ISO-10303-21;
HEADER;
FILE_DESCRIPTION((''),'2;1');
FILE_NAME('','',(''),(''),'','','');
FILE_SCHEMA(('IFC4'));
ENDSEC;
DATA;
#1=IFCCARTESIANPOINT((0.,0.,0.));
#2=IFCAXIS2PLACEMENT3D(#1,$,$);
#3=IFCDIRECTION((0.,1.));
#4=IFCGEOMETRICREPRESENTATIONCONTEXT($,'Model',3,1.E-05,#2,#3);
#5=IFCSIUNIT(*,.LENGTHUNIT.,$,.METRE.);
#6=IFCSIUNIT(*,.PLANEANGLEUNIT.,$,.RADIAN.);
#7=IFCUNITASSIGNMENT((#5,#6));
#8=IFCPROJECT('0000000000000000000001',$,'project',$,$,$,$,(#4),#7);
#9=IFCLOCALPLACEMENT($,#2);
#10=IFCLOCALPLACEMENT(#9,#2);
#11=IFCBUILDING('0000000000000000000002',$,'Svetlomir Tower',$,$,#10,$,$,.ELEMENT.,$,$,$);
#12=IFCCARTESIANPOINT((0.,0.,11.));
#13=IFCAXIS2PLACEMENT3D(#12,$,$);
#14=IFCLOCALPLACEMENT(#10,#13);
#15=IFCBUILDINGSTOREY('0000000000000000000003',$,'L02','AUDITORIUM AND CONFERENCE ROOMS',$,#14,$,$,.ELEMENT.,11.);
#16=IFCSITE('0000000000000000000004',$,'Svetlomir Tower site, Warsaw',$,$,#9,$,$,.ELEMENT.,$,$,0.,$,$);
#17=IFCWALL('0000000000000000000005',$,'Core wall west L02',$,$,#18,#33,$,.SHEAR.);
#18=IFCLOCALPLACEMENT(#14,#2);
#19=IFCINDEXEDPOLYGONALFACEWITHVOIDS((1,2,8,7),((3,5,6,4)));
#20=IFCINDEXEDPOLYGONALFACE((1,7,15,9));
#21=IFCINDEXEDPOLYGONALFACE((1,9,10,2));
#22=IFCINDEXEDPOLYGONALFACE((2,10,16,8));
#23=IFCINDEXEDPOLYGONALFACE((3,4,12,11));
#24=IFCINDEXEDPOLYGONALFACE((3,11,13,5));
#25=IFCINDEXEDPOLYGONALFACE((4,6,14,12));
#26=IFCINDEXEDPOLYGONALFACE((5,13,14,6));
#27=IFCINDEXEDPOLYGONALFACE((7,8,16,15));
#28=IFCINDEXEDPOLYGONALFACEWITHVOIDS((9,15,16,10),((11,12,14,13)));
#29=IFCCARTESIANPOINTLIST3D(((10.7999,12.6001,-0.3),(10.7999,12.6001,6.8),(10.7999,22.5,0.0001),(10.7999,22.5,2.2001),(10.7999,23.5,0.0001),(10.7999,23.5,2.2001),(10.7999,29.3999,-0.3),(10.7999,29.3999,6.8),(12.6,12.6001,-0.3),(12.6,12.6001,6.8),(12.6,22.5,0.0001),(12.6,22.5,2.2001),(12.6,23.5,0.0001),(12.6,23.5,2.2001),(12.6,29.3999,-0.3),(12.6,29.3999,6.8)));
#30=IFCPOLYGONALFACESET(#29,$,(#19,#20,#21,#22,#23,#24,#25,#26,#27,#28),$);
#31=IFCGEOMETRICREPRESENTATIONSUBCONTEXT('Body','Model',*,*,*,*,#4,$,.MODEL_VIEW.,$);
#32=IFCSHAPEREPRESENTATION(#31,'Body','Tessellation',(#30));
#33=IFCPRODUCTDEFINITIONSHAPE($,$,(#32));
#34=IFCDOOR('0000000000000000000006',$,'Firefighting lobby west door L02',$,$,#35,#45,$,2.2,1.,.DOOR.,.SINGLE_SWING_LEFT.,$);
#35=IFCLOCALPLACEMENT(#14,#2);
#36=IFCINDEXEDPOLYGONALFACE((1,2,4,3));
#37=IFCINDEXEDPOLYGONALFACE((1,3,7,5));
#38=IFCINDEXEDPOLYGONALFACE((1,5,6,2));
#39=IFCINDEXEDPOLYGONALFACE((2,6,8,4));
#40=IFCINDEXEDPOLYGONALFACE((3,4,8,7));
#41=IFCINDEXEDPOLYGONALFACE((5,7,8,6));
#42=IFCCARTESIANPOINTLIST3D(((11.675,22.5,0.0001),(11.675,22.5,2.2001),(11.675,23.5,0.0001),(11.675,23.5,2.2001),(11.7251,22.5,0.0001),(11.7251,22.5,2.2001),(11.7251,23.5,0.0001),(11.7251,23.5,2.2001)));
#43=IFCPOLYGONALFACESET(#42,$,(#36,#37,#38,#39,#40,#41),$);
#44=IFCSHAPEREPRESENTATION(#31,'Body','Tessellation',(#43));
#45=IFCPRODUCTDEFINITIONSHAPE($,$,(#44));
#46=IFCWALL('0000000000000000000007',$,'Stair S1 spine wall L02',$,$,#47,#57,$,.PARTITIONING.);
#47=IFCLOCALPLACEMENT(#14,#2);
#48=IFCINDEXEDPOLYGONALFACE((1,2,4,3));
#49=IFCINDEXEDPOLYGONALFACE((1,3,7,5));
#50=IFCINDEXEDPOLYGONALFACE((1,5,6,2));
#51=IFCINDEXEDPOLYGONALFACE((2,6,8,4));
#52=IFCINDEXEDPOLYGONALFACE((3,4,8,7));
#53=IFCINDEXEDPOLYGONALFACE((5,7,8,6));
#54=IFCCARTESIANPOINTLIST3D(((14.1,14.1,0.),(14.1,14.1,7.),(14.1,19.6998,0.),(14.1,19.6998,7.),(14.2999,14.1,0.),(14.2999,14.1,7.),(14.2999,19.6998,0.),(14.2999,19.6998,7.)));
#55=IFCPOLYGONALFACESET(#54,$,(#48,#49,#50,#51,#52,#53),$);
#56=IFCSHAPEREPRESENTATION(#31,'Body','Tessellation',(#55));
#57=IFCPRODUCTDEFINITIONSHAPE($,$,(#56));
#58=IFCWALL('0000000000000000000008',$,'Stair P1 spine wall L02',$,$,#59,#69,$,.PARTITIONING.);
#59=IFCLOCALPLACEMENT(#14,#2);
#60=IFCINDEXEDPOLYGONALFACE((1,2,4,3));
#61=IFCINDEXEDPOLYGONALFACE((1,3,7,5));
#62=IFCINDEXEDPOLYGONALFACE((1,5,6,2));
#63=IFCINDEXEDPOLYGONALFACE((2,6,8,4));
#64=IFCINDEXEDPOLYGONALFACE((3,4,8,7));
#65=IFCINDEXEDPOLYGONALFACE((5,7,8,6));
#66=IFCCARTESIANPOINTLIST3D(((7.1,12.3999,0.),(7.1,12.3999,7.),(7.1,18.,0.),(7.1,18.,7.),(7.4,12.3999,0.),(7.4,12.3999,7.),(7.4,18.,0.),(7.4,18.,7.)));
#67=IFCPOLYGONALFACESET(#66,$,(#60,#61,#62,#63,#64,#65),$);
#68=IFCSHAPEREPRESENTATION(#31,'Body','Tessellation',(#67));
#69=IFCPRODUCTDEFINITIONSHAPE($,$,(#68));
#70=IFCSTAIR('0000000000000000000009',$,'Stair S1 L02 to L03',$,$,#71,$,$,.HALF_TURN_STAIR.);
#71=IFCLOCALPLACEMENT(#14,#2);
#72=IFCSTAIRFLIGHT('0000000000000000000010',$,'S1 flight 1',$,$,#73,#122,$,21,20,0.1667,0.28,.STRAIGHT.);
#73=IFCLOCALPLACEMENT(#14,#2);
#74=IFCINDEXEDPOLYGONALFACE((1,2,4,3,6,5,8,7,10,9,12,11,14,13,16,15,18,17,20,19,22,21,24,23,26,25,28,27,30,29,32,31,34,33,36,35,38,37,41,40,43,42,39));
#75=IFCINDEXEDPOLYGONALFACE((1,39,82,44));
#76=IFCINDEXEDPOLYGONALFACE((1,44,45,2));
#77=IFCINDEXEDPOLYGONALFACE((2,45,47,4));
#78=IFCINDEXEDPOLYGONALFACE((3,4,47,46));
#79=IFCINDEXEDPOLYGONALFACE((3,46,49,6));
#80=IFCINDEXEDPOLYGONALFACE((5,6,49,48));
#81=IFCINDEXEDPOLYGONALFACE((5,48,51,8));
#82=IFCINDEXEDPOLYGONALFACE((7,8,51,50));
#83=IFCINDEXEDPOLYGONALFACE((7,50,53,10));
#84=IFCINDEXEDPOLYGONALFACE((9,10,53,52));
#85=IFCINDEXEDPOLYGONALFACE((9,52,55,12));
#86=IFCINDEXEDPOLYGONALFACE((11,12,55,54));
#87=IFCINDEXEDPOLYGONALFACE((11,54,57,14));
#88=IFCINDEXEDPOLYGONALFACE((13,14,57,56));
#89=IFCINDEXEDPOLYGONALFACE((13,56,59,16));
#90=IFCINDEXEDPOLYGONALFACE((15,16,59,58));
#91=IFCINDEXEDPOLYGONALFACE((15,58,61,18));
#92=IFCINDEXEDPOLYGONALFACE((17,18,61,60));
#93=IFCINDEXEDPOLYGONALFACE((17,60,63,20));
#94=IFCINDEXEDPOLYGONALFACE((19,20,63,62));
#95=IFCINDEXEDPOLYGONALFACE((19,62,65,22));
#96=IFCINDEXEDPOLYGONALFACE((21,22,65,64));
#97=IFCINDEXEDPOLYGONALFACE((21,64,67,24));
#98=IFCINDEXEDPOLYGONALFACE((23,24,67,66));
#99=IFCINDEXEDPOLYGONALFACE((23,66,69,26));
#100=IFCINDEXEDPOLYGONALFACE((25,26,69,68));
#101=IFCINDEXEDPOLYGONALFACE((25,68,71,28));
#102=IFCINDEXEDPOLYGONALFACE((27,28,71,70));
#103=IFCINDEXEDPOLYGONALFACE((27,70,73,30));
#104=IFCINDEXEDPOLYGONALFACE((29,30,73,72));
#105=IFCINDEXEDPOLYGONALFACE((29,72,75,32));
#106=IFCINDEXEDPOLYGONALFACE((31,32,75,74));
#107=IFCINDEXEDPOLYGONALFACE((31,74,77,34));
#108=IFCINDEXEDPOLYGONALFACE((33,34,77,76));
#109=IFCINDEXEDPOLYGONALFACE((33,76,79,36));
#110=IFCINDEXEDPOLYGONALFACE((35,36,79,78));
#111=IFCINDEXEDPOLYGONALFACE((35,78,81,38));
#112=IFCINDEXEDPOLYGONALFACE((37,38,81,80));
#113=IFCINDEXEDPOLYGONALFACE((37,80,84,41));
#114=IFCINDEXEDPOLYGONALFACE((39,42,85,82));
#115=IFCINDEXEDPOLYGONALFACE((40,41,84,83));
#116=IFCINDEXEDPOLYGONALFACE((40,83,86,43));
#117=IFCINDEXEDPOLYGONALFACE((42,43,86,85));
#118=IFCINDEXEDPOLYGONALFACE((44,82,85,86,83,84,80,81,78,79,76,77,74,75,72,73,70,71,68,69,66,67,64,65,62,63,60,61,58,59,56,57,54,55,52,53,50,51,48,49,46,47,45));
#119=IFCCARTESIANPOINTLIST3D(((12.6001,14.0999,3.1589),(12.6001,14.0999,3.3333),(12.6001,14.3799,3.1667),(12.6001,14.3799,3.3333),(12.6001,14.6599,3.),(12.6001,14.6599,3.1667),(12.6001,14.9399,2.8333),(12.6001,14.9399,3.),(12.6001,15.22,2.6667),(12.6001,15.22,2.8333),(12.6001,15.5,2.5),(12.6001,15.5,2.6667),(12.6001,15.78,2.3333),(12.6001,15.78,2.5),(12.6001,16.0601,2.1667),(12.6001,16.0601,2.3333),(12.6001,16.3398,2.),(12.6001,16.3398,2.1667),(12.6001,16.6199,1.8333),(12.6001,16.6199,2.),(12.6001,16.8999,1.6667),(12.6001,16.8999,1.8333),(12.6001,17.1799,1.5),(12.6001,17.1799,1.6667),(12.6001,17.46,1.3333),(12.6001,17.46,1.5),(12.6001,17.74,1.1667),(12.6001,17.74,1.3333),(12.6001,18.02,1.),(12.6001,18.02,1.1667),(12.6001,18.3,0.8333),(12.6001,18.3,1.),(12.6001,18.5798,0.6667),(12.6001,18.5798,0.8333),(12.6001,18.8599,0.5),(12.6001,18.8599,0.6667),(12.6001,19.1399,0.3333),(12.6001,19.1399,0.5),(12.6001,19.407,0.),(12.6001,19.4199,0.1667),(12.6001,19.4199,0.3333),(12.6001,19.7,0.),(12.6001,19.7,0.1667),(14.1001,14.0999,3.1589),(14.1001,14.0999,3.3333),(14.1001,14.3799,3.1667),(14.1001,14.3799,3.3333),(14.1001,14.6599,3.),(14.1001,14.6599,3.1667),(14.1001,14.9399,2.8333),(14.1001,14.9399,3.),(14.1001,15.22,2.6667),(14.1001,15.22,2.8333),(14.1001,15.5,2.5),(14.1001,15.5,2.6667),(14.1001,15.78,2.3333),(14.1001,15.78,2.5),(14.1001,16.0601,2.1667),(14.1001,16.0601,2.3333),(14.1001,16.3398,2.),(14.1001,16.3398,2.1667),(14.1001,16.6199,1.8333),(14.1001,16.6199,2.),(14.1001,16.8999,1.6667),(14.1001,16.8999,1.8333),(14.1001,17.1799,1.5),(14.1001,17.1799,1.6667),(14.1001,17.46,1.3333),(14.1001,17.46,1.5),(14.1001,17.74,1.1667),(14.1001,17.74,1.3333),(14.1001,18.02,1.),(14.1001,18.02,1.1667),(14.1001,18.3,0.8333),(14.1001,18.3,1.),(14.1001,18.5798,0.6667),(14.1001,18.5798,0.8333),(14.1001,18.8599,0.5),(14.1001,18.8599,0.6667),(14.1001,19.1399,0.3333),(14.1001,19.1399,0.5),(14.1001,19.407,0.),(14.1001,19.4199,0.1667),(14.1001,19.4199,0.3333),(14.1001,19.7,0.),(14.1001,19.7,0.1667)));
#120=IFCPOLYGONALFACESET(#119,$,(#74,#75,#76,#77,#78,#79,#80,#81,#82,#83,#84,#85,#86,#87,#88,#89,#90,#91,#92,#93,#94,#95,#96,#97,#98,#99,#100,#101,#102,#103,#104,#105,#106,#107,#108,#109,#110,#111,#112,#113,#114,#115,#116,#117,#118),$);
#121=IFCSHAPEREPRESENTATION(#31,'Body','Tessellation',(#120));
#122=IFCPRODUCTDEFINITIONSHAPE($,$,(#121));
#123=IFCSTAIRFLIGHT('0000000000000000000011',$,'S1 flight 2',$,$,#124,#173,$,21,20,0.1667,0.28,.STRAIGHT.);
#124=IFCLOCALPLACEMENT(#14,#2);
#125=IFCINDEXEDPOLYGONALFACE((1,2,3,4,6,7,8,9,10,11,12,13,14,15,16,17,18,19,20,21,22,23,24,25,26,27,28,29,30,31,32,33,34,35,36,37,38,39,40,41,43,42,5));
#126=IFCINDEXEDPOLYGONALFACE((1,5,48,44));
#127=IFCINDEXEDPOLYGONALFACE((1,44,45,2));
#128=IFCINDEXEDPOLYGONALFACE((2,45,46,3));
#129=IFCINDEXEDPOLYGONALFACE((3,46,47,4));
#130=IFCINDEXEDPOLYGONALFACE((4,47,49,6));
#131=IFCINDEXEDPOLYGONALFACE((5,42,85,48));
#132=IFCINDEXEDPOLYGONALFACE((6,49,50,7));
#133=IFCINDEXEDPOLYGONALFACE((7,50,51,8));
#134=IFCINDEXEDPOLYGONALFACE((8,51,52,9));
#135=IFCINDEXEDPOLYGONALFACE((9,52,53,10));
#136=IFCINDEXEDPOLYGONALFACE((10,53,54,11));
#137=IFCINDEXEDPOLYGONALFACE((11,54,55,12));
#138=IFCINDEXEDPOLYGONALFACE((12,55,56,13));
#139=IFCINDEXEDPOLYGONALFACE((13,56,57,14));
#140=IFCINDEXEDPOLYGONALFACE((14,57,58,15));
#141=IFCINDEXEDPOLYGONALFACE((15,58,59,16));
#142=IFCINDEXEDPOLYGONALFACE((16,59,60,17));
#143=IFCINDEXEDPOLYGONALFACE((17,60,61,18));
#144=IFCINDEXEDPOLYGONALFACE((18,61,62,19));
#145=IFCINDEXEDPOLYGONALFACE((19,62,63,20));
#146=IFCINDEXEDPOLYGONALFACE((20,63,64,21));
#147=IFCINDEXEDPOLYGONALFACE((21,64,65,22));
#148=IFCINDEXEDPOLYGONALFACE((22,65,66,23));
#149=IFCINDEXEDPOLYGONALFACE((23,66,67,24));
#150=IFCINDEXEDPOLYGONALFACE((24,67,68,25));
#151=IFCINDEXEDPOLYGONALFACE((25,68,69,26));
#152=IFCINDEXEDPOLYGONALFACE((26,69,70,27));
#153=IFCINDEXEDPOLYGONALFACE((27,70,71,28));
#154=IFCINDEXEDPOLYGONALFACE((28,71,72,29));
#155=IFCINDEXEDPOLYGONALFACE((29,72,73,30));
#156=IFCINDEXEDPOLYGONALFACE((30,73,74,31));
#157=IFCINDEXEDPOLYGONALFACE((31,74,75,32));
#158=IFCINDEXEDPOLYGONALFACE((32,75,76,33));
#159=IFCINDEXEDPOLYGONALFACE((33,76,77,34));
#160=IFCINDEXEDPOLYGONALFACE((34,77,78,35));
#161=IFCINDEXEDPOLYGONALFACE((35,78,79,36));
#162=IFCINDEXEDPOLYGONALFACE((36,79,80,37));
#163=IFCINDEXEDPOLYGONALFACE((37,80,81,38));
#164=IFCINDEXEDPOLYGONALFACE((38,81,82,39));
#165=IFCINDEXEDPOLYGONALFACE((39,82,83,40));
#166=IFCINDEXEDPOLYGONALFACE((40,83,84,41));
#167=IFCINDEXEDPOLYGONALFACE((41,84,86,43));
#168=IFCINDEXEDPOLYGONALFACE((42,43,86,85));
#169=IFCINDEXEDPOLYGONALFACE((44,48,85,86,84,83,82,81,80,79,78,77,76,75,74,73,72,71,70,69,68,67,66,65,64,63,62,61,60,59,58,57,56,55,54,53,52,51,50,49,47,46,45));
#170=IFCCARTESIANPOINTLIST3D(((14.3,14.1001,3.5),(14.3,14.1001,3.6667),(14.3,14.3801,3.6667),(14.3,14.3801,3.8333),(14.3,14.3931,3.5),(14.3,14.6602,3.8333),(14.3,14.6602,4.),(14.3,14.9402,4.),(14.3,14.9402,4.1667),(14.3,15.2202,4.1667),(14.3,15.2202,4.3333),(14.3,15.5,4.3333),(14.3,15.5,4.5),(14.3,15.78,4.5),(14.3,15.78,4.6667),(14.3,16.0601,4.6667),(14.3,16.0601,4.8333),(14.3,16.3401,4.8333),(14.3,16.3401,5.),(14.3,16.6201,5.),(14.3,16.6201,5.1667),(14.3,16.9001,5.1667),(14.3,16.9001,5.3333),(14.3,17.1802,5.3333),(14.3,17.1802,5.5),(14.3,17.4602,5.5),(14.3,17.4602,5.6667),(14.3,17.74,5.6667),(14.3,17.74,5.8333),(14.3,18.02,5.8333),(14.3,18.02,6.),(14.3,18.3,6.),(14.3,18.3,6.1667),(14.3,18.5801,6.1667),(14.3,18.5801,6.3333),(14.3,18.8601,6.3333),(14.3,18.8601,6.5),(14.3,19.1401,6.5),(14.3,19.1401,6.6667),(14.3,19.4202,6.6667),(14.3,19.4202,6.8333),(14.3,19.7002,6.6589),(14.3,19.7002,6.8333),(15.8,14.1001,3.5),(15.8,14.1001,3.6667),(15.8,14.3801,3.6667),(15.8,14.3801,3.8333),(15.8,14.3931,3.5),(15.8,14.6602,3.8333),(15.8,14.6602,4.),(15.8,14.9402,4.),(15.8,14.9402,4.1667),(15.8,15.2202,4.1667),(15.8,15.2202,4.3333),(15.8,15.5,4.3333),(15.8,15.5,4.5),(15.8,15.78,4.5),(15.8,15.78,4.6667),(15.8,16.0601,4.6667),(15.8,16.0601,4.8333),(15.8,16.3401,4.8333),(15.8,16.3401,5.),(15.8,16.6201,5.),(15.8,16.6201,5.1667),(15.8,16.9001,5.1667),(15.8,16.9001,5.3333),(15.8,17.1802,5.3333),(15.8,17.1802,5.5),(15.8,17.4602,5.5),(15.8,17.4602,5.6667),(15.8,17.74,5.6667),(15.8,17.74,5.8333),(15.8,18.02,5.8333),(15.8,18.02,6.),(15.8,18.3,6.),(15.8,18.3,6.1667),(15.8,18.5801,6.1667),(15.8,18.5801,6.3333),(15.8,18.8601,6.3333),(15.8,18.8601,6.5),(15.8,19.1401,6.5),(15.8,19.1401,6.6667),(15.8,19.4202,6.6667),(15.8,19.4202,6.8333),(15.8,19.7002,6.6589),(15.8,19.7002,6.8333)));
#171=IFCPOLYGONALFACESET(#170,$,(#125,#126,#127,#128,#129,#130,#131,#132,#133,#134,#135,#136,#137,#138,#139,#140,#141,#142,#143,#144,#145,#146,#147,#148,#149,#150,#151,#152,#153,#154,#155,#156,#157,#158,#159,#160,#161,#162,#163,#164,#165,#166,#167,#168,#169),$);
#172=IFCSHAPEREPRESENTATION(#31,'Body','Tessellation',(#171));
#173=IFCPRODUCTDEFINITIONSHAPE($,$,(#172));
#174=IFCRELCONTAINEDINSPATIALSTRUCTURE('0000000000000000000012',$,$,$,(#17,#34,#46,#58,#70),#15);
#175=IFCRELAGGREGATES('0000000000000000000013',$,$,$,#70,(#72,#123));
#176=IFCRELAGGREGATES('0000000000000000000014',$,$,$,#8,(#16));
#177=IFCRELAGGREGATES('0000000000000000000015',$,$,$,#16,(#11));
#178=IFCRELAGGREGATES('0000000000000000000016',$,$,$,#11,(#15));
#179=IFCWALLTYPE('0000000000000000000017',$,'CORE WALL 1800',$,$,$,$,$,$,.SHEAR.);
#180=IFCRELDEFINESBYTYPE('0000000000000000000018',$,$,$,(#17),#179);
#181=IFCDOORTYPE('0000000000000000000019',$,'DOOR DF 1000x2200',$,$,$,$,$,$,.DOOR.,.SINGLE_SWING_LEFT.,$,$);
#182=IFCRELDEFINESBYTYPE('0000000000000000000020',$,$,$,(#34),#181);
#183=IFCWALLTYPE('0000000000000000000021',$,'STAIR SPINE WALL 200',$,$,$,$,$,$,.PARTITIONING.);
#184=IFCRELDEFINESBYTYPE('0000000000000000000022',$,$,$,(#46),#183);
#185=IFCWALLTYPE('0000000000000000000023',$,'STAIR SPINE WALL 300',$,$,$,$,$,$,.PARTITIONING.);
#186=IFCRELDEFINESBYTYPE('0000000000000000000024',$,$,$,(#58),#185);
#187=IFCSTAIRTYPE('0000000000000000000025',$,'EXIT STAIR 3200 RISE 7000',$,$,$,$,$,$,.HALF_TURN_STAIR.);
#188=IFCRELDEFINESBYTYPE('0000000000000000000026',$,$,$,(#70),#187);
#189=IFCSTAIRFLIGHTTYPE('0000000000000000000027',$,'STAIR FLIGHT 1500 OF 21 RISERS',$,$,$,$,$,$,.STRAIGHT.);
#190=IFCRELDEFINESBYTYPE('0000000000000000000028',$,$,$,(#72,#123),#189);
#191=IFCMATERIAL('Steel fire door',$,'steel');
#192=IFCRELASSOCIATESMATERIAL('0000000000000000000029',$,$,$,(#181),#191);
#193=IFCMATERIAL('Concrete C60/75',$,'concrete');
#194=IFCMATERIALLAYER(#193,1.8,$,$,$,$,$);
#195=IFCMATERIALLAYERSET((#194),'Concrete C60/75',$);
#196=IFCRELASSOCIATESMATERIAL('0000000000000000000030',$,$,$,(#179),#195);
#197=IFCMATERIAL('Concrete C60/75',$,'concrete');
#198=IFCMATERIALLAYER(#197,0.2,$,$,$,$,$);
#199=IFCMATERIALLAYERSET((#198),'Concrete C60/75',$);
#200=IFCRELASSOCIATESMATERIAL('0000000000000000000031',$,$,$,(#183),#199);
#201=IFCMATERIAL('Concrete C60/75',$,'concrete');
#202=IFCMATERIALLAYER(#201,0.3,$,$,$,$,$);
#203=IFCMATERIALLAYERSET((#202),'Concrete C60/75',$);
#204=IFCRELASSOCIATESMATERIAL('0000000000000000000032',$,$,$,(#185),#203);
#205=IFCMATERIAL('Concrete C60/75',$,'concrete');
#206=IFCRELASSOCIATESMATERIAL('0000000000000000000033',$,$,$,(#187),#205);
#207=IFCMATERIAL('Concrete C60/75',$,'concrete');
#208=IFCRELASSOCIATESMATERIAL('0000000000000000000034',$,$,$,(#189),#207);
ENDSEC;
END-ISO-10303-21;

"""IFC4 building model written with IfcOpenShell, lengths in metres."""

from ifc_helpers import new_model, si_unit, direction, frame, frame_2d, origin, place, context, subcontext, project, spatial, polyline, rectangle, outline, extrude, material, layer, layer_set, type_object, element, fill, aggregate, save


model = new_model("IFC4")

# Units and contexts
model_context = context("Model", 3, precision=1e-05, world=origin(), true_north=direction((0.0, 1.0)))
body_context = subcontext(model_context, "Body", "Model", "MODEL_VIEW")
ifc_project = project(units=[si_unit("LENGTHUNIT", "METRE"), si_unit("PLANEANGLEUNIT", "RADIAN")], contexts=[model_context])

# Site, building, storey
site_placement = place(None, origin())
site = spatial("IfcSite", under=ifc_project, at=site_placement, Name="Svetlomir Tower site, Warsaw", CompositionType="ELEMENT", RefElevation=0.0)
building_placement = place(site_placement, origin())
building = spatial("IfcBuilding", under=site, at=building_placement, Name="Svetlomir Tower", CompositionType="ELEMENT")
storey_placement = place(building_placement, frame((0.0, 0.0, 11.0)))
storey = spatial("IfcBuildingStorey", under=building, at=storey_placement, Name="L02", Description="AUDITORIUM AND CONFERENCE ROOMS", CompositionType="ELEMENT", Elevation=11.0)

# Shared definitions
ifc_material_1 = material(Name="Steel fire door", Category="steel")
door_type = type_object("IfcDoorType", Name="DOOR DF 1000x2200", OperationType="SINGLE_SWING_LEFT", PredefinedType="DOOR", material=ifc_material_1)

# Wall, opening, door
ifc_material_2 = material(Name="Concrete C60/75", Category="concrete")
ifc_layer_1 = layer(ifc_material_2, 1.8)
ifc_layer_set_1 = layer_set([ifc_layer_1], Name="Concrete C60/75")
wall_type_1 = type_object("IfcWallType", Name="CORE WALL 1800", PredefinedType="SHEAR", material=ifc_layer_set_1)
wall_1_placement = place(storey_placement, frame((11.7, 12.6001, -0.3), z_axis=(0.0, 0.0, 1.0), x_axis=(0.0, 1.0, 0.0)))
wall_1 = element("IfcWall", 1, at=wall_1_placement, inside=storey, type_object=wall_type_1, Name="Core wall west L02", PredefinedType="SHEAR", context=body_context, shape_type="SweptSolid", body=[
    extrude(rectangle(XDim=16.7998, YDim=1.8, at=frame_2d((8.3999, 0.0))), origin(), (0.0, 0.0, 1.0), 7.1001),
])
opening_1_placement = place(wall_1_placement, frame((9.8999, 0.0, 0.3)))
opening_1 = element("IfcOpeningElement", 2, at=opening_1_placement, cuts=wall_1, PredefinedType="OPENING", context=body_context, shape_type="SweptSolid", body=[
    extrude(rectangle(XDim=1.0, YDim=2.2, at=frame_2d((0.5, 1.1001))), frame((0.0, 0.9102, 0.0), z_axis=(0.0, -1.0, 0.0), x_axis=(1.0, 0.0, 0.0)), (0.0, 0.0, 1.0), 1.8201),
])
door_1_placement = place(opening_1_placement, origin())
door_1 = element("IfcDoor", 3, at=door_1_placement, inside=storey, type_object=door_type, Name="Firefighting lobby west door L02", OperationType="SINGLE_SWING_LEFT", OverallHeight=2.2, OverallWidth=1.0, PredefinedType="DOOR", context=body_context, shape_type="SweptSolid", body=[
    extrude(rectangle(XDim=1.0, YDim=2.2, at=frame_2d((0.5, 1.1001))), frame((0.0, 0.0249, 0.0), z_axis=(0.0, -1.0, 0.0), x_axis=(1.0, 0.0, 0.0)), (0.0, 0.0, 1.0), 0.05),
])
fill(opening_1, door_1)

# Walls
ifc_material_3 = material(Name="Concrete C60/75", Category="concrete")
ifc_layer_2 = layer(ifc_material_3, 0.2)
ifc_layer_set_2 = layer_set([ifc_layer_2], Name="Concrete C60/75")
wall_type_2 = type_object("IfcWallType", Name="STAIR SPINE WALL 200", PredefinedType="PARTITIONING", material=ifc_layer_set_2)
wall_2_placement = place(storey_placement, frame((14.2, 14.1001, 0.0), z_axis=(0.0, 0.0, 1.0), x_axis=(0.0, 1.0, 0.0)))
element("IfcWall", 4, at=wall_2_placement, inside=storey, type_object=wall_type_2, Name="Stair S1 spine wall L02", PredefinedType="PARTITIONING", context=body_context, shape_type="SweptSolid", body=[
    extrude(rectangle(XDim=5.5999, YDim=0.2, at=frame_2d((2.7998, 0.0))), origin(), (0.0, 0.0, 1.0), 7.0),
])
ifc_material_4 = material(Name="Concrete C60/75", Category="concrete")
ifc_layer_3 = layer(ifc_material_4, 0.3)
ifc_layer_set_3 = layer_set([ifc_layer_3], Name="Concrete C60/75")
wall_type_3 = type_object("IfcWallType", Name="STAIR SPINE WALL 300", PredefinedType="PARTITIONING", material=ifc_layer_set_3)
wall_3_placement = place(storey_placement, frame((7.25, 12.3999, 0.0), z_axis=(0.0, 0.0, 1.0), x_axis=(0.0, 1.0, 0.0)))
element("IfcWall", 5, at=wall_3_placement, inside=storey, type_object=wall_type_3, Name="Stair P1 spine wall L02", PredefinedType="PARTITIONING", context=body_context, shape_type="SweptSolid", body=[
    extrude(rectangle(XDim=5.6001, YDim=0.3, at=frame_2d((2.8, 0.0))), origin(), (0.0, 0.0, 1.0), 7.0),
])

# Stair, stair flights
ifc_material_5 = material(Name="Concrete C60/75", Category="concrete")
stair_type_1 = type_object("IfcStairType", Name="EXIT STAIR 3200 RISE 7000", PredefinedType="HALF_TURN_STAIR", material=ifc_material_5)
stair_1_placement = place(storey_placement, origin())
stair_1 = element("IfcStair", 6, at=stair_1_placement, inside=storey, type_object=stair_type_1, Name="Stair S1 L02 to L03", PredefinedType="HALF_TURN_STAIR")
ifc_material_6 = material(Name="Concrete C60/75", Category="concrete")
stair_flight_type_1 = type_object("IfcStairFlightType", Name="STAIR FLIGHT 1500 OF 21 RISERS", PredefinedType="STRAIGHT", material=ifc_material_6)
stair_flight_1_placement = place(storey_placement, frame((13.3501, 19.7, 0.0), z_axis=(0.0, 0.0, 1.0), x_axis=(0.0, -1.0, 0.0)))
stair_flight_1 = element("IfcStairFlight", 7, at=stair_flight_1_placement, type_object=stair_flight_type_1, Name="S1 flight 1", NumberOfRisers=21, NumberOfTreads=20, PredefinedType="STRAIGHT", RiserHeight=0.1667, TreadLength=0.28, context=body_context, shape_type="SweptSolid", body=[
    extrude(outline(polyline([(0.0, 0.0), (0.0, 0.1667), (0.28, 0.1667), (0.28, 0.3333), (0.5601, 0.3333), (0.5601, 0.5), (0.8401, 0.5), (0.8401, 0.6667), (1.1201, 0.6667), (1.1201, 0.8333), (1.3999, 0.8333), (1.3999, 1.0), (1.6799, 1.0), (1.6799, 1.1667), (1.96, 1.1667), (1.96, 1.3333), (2.24, 1.3333), (2.24, 1.5), (2.52, 1.5), (2.52, 1.6667), (2.8, 1.6667), (2.8, 1.8333), (3.0801, 1.8333), (3.0801, 2.0), (3.3601, 2.0), (3.3601, 2.1667), (3.6399, 2.1667), (3.6399, 2.3333), (3.9199, 2.3333), (3.9199, 2.5), (4.2, 2.5), (4.2, 2.6667), (4.48, 2.6667), (4.48, 2.8333), (4.76, 2.8333), (4.76, 3.0), (5.04, 3.0), (5.04, 3.1667), (5.3201, 3.1667), (5.3201, 3.3333), (5.6001, 3.3333), (5.6001, 3.5), (5.6001, 3.1589), (0.293, 0.0), (0.0, 0.0)])), frame((0.0, 0.75, 0.0), z_axis=(0.0, -1.0, 0.0), x_axis=(1.0, 0.0, 0.0)), (0.0, 0.0, 1.0), 1.5),
])
stair_flight_2_placement = place(storey_placement, frame((15.05, 14.1001, 3.5), z_axis=(0.0, 0.0, 1.0), x_axis=(0.0, 1.0, 0.0)))
stair_flight_2 = element("IfcStairFlight", 8, at=stair_flight_2_placement, type_object=stair_flight_type_1, Name="S1 flight 2", NumberOfRisers=21, NumberOfTreads=20, PredefinedType="STRAIGHT", RiserHeight=0.1667, TreadLength=0.28, context=body_context, shape_type="SweptSolid", body=[
    extrude(outline(polyline([(0.0, 0.0), (0.0, 0.1667), (0.28, 0.1667), (0.28, 0.3333), (0.5601, 0.3333), (0.5601, 0.5), (0.8401, 0.5), (0.8401, 0.6667), (1.1201, 0.6667), (1.1201, 0.8333), (1.3999, 0.8333), (1.3999, 1.0), (1.6799, 1.0), (1.6799, 1.1667), (1.96, 1.1667), (1.96, 1.3333), (2.24, 1.3333), (2.24, 1.5), (2.52, 1.5), (2.52, 1.6667), (2.8, 1.6667), (2.8, 1.8333), (3.0801, 1.8333), (3.0801, 2.0), (3.3601, 2.0), (3.3601, 2.1667), (3.6399, 2.1667), (3.6399, 2.3333), (3.9199, 2.3333), (3.9199, 2.5), (4.2, 2.5), (4.2, 2.6667), (4.48, 2.6667), (4.48, 2.8333), (4.76, 2.8333), (4.76, 3.0), (5.04, 3.0), (5.04, 3.1667), (5.3201, 3.1667), (5.3201, 3.3333), (5.6001, 3.3333), (5.6001, 3.5), (5.6001, 3.1589), (0.293, 0.0), (0.0, 0.0)])), frame((0.0, 0.75, 0.0), z_axis=(0.0, -1.0, 0.0), x_axis=(1.0, 0.0, 0.0)), (0.0, 0.0, 1.0), 1.5),
])
aggregate(stair_1, [stair_flight_1, stair_flight_2])

save(model, "model.ifc")
